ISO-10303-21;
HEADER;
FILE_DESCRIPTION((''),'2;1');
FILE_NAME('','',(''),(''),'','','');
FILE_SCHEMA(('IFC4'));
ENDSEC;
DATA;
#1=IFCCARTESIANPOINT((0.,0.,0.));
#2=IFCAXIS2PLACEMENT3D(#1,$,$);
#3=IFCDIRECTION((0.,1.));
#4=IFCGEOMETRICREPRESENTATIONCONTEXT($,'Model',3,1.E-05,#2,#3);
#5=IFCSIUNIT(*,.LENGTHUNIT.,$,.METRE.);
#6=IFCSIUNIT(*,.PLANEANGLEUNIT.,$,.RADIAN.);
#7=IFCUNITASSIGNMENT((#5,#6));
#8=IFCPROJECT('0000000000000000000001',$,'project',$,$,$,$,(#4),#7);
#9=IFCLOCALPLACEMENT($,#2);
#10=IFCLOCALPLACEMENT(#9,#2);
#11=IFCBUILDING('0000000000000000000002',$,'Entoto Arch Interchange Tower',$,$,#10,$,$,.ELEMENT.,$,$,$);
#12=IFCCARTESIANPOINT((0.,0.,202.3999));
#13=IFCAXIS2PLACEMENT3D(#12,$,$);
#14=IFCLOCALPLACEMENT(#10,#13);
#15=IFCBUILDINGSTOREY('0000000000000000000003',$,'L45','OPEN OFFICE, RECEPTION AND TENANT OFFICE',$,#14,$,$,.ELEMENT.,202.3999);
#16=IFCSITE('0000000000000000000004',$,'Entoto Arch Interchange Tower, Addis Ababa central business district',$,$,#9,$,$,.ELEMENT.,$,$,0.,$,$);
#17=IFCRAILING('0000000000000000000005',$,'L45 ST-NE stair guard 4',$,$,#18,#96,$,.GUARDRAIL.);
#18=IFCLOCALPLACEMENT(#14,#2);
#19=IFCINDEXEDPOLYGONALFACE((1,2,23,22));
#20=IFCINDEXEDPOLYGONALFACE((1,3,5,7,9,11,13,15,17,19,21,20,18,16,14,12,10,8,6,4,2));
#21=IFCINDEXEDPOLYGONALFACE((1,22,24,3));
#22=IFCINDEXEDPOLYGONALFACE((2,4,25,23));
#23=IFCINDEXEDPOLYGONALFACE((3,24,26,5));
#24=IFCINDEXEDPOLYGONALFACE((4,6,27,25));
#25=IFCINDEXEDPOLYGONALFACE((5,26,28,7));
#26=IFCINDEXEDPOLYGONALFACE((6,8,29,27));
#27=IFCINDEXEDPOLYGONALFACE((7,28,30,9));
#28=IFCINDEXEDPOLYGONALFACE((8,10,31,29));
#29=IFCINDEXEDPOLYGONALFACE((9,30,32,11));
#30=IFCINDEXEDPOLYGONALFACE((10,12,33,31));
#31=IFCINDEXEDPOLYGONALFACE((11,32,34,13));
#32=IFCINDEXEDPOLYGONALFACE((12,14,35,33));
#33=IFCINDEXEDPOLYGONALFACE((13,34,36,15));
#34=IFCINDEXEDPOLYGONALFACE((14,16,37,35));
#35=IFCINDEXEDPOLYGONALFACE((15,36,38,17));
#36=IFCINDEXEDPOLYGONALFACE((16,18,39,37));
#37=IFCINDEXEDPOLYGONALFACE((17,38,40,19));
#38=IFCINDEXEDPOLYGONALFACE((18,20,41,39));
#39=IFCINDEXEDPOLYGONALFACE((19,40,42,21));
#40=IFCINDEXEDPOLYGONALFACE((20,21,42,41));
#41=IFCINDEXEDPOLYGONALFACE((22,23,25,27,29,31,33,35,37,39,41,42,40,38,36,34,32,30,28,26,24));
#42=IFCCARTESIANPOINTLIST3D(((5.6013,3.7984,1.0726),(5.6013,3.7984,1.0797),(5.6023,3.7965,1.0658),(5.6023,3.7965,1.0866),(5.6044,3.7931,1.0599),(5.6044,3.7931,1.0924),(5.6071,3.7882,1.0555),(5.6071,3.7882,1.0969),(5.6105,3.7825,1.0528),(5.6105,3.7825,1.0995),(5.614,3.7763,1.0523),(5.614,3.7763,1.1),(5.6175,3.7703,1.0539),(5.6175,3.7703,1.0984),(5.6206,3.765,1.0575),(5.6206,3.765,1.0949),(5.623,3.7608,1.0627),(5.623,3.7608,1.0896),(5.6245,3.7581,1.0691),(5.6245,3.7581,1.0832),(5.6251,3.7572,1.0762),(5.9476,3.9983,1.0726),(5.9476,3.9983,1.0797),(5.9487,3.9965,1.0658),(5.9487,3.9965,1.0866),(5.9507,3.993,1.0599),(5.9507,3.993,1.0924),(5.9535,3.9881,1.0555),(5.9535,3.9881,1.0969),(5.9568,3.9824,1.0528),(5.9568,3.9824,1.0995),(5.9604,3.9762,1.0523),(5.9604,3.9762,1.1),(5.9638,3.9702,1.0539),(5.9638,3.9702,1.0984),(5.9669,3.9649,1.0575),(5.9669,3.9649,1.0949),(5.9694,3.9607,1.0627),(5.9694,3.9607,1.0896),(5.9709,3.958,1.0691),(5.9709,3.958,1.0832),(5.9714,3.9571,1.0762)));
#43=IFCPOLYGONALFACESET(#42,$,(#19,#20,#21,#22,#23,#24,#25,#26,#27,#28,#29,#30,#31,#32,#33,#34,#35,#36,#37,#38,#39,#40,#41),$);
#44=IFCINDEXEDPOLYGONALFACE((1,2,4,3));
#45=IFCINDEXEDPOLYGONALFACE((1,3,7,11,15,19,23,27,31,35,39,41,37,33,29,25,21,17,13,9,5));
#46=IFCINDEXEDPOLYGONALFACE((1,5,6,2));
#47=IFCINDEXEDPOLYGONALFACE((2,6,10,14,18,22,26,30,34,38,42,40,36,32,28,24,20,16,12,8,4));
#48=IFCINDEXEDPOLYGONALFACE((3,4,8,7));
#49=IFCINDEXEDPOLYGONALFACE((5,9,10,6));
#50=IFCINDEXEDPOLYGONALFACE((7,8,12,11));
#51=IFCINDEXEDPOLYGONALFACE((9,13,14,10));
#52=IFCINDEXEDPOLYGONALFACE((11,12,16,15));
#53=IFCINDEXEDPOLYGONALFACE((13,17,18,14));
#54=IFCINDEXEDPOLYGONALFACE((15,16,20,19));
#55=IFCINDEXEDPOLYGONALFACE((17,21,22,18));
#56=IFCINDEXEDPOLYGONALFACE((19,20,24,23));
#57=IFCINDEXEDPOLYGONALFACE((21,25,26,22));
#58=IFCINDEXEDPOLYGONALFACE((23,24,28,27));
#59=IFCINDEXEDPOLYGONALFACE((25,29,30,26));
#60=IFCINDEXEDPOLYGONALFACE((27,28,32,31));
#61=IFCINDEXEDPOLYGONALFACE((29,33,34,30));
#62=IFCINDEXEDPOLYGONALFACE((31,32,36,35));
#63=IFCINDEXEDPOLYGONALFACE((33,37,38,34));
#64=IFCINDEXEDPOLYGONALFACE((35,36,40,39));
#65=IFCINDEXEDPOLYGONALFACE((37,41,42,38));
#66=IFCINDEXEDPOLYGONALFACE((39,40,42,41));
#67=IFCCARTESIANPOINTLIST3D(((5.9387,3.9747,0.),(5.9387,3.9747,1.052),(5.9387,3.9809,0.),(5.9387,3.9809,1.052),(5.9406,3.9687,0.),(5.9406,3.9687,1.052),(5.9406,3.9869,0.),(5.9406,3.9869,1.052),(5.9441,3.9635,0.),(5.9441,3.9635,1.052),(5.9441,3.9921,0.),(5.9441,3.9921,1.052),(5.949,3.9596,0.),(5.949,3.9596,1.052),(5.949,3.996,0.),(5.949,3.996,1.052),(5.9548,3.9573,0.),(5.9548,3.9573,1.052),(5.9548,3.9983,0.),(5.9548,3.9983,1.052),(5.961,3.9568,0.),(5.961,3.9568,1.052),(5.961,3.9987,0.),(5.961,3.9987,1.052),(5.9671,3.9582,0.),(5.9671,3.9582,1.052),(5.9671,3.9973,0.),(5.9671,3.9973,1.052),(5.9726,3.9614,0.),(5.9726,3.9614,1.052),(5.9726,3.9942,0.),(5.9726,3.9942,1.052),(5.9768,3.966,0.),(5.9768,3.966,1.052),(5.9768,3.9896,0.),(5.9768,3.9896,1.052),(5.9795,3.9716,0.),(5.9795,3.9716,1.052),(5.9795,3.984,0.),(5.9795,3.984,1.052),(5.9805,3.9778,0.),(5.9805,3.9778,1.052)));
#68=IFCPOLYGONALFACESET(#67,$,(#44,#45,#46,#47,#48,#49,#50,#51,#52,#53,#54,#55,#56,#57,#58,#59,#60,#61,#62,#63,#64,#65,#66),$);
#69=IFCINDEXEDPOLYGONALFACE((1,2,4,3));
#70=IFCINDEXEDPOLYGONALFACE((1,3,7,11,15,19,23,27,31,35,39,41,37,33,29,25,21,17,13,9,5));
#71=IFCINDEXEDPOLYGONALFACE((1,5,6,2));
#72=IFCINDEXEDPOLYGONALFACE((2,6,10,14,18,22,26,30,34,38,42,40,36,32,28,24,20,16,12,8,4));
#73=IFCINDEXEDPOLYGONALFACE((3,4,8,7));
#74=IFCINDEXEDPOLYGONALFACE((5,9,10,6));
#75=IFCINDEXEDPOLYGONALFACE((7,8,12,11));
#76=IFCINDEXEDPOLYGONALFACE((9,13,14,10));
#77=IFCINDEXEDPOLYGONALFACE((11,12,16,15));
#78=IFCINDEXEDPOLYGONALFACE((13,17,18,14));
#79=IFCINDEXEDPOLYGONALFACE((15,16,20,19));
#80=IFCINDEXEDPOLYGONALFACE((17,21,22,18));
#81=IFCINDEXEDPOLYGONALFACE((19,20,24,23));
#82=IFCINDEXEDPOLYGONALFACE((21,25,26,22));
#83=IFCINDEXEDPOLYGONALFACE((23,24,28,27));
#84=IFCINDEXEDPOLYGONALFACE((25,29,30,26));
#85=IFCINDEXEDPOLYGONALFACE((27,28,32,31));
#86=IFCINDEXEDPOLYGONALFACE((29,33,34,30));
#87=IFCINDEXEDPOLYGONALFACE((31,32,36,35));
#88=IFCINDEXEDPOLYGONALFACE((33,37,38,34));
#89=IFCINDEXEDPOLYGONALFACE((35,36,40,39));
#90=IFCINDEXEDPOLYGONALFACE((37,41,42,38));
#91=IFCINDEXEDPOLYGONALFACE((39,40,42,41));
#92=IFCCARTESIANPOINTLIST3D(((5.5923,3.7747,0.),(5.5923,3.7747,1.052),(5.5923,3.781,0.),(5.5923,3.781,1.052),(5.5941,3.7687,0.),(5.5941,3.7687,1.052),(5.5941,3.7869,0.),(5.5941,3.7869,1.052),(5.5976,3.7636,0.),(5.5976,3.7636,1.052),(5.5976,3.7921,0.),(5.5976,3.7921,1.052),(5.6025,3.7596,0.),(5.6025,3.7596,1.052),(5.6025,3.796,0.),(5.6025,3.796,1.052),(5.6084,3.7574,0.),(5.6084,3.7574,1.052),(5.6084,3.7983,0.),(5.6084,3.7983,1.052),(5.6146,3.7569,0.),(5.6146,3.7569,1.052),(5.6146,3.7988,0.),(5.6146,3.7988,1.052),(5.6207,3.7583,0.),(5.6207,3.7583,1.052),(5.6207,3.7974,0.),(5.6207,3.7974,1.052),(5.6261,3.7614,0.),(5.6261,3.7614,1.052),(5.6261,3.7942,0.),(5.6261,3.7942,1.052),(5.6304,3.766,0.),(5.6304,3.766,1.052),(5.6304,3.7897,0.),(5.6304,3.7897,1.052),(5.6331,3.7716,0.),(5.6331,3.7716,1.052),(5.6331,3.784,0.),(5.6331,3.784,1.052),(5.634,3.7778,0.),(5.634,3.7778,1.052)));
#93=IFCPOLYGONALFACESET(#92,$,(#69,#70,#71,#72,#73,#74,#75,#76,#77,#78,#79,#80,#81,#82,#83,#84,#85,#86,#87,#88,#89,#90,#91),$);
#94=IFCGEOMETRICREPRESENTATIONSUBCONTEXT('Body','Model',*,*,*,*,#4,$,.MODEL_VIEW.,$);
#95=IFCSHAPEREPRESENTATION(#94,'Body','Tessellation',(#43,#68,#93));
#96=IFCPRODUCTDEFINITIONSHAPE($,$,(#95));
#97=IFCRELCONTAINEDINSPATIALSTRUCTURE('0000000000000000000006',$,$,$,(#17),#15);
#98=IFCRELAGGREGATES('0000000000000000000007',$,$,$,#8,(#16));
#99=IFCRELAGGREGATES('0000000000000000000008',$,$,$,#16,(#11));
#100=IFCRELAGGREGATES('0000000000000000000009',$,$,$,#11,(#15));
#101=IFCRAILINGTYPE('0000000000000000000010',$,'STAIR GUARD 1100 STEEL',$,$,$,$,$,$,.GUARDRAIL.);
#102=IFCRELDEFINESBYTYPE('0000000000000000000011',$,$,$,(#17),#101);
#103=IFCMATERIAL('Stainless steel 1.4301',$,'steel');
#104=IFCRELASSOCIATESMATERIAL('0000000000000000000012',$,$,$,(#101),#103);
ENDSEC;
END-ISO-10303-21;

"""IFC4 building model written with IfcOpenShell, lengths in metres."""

from ifc_helpers import new_model, si_unit, direction, frame, origin, origin_2d, place, context, subcontext, project, spatial, circle, extrude, material, type_object, element, save


model = new_model("IFC4")

# Units and contexts
model_context = context("Model", 3, precision=1e-05, world=origin(), true_north=direction((0.0, 1.0)))
body_context = subcontext(model_context, "Body", "Model", "MODEL_VIEW")
ifc_project = project(units=[si_unit("LENGTHUNIT", "METRE"), si_unit("PLANEANGLEUNIT", "RADIAN")], contexts=[model_context])

# Site, building, storey
site_placement = place(None, origin())
site = spatial("IfcSite", under=ifc_project, at=site_placement, Name="Entoto Arch Interchange Tower, Addis Ababa central business district", CompositionType="ELEMENT", RefElevation=0.0)
building_placement = place(site_placement, origin())
building = spatial("IfcBuilding", under=site, at=building_placement, Name="Entoto Arch Interchange Tower", CompositionType="ELEMENT")
storey_placement = place(building_placement, frame((0.0, 0.0, 202.3999)))
storey = spatial("IfcBuildingStorey", under=building, at=storey_placement, Name="L45", Description="OPEN OFFICE, RECEPTION AND TENANT OFFICE", CompositionType="ELEMENT", Elevation=202.3999)

# Railing
ifc_material_1 = material(Name="Stainless steel 1.4301", Category="steel")
railing_type_1 = type_object("IfcRailingType", Name="STAIR GUARD 1100 STEEL", PredefinedType="GUARDRAIL", material=ifc_material_1)
railing_1_placement = place(storey_placement, frame((5.9595, 3.9778, 0.0)))
element("IfcRailing", 1, at=railing_1_placement, inside=storey, type_object=railing_type_1, Name="L45 ST-NE stair guard 4", PredefinedType="GUARDRAIL", context=body_context, shape_type="SweptSolid", body=[
    extrude(circle(Radius=0.0239, at=origin_2d()), frame((0.0, 0.0, 1.0762), z_axis=(-0.866094, -0.499881, 0.0), x_axis=(0.499881, -0.866094, 0.0)), (0.0, 0.0, 1.0), 0.3999),
    extrude(circle(Radius=0.021, at=origin_2d()), origin(), (0.0, 0.0, 1.0), 1.052),
    extrude(circle(Radius=0.021, at=origin_2d()), frame((-0.3464, -0.2, 0.0)), (0.0, 0.0, 1.0), 1.052),
])

save(model, "model.ifc")
